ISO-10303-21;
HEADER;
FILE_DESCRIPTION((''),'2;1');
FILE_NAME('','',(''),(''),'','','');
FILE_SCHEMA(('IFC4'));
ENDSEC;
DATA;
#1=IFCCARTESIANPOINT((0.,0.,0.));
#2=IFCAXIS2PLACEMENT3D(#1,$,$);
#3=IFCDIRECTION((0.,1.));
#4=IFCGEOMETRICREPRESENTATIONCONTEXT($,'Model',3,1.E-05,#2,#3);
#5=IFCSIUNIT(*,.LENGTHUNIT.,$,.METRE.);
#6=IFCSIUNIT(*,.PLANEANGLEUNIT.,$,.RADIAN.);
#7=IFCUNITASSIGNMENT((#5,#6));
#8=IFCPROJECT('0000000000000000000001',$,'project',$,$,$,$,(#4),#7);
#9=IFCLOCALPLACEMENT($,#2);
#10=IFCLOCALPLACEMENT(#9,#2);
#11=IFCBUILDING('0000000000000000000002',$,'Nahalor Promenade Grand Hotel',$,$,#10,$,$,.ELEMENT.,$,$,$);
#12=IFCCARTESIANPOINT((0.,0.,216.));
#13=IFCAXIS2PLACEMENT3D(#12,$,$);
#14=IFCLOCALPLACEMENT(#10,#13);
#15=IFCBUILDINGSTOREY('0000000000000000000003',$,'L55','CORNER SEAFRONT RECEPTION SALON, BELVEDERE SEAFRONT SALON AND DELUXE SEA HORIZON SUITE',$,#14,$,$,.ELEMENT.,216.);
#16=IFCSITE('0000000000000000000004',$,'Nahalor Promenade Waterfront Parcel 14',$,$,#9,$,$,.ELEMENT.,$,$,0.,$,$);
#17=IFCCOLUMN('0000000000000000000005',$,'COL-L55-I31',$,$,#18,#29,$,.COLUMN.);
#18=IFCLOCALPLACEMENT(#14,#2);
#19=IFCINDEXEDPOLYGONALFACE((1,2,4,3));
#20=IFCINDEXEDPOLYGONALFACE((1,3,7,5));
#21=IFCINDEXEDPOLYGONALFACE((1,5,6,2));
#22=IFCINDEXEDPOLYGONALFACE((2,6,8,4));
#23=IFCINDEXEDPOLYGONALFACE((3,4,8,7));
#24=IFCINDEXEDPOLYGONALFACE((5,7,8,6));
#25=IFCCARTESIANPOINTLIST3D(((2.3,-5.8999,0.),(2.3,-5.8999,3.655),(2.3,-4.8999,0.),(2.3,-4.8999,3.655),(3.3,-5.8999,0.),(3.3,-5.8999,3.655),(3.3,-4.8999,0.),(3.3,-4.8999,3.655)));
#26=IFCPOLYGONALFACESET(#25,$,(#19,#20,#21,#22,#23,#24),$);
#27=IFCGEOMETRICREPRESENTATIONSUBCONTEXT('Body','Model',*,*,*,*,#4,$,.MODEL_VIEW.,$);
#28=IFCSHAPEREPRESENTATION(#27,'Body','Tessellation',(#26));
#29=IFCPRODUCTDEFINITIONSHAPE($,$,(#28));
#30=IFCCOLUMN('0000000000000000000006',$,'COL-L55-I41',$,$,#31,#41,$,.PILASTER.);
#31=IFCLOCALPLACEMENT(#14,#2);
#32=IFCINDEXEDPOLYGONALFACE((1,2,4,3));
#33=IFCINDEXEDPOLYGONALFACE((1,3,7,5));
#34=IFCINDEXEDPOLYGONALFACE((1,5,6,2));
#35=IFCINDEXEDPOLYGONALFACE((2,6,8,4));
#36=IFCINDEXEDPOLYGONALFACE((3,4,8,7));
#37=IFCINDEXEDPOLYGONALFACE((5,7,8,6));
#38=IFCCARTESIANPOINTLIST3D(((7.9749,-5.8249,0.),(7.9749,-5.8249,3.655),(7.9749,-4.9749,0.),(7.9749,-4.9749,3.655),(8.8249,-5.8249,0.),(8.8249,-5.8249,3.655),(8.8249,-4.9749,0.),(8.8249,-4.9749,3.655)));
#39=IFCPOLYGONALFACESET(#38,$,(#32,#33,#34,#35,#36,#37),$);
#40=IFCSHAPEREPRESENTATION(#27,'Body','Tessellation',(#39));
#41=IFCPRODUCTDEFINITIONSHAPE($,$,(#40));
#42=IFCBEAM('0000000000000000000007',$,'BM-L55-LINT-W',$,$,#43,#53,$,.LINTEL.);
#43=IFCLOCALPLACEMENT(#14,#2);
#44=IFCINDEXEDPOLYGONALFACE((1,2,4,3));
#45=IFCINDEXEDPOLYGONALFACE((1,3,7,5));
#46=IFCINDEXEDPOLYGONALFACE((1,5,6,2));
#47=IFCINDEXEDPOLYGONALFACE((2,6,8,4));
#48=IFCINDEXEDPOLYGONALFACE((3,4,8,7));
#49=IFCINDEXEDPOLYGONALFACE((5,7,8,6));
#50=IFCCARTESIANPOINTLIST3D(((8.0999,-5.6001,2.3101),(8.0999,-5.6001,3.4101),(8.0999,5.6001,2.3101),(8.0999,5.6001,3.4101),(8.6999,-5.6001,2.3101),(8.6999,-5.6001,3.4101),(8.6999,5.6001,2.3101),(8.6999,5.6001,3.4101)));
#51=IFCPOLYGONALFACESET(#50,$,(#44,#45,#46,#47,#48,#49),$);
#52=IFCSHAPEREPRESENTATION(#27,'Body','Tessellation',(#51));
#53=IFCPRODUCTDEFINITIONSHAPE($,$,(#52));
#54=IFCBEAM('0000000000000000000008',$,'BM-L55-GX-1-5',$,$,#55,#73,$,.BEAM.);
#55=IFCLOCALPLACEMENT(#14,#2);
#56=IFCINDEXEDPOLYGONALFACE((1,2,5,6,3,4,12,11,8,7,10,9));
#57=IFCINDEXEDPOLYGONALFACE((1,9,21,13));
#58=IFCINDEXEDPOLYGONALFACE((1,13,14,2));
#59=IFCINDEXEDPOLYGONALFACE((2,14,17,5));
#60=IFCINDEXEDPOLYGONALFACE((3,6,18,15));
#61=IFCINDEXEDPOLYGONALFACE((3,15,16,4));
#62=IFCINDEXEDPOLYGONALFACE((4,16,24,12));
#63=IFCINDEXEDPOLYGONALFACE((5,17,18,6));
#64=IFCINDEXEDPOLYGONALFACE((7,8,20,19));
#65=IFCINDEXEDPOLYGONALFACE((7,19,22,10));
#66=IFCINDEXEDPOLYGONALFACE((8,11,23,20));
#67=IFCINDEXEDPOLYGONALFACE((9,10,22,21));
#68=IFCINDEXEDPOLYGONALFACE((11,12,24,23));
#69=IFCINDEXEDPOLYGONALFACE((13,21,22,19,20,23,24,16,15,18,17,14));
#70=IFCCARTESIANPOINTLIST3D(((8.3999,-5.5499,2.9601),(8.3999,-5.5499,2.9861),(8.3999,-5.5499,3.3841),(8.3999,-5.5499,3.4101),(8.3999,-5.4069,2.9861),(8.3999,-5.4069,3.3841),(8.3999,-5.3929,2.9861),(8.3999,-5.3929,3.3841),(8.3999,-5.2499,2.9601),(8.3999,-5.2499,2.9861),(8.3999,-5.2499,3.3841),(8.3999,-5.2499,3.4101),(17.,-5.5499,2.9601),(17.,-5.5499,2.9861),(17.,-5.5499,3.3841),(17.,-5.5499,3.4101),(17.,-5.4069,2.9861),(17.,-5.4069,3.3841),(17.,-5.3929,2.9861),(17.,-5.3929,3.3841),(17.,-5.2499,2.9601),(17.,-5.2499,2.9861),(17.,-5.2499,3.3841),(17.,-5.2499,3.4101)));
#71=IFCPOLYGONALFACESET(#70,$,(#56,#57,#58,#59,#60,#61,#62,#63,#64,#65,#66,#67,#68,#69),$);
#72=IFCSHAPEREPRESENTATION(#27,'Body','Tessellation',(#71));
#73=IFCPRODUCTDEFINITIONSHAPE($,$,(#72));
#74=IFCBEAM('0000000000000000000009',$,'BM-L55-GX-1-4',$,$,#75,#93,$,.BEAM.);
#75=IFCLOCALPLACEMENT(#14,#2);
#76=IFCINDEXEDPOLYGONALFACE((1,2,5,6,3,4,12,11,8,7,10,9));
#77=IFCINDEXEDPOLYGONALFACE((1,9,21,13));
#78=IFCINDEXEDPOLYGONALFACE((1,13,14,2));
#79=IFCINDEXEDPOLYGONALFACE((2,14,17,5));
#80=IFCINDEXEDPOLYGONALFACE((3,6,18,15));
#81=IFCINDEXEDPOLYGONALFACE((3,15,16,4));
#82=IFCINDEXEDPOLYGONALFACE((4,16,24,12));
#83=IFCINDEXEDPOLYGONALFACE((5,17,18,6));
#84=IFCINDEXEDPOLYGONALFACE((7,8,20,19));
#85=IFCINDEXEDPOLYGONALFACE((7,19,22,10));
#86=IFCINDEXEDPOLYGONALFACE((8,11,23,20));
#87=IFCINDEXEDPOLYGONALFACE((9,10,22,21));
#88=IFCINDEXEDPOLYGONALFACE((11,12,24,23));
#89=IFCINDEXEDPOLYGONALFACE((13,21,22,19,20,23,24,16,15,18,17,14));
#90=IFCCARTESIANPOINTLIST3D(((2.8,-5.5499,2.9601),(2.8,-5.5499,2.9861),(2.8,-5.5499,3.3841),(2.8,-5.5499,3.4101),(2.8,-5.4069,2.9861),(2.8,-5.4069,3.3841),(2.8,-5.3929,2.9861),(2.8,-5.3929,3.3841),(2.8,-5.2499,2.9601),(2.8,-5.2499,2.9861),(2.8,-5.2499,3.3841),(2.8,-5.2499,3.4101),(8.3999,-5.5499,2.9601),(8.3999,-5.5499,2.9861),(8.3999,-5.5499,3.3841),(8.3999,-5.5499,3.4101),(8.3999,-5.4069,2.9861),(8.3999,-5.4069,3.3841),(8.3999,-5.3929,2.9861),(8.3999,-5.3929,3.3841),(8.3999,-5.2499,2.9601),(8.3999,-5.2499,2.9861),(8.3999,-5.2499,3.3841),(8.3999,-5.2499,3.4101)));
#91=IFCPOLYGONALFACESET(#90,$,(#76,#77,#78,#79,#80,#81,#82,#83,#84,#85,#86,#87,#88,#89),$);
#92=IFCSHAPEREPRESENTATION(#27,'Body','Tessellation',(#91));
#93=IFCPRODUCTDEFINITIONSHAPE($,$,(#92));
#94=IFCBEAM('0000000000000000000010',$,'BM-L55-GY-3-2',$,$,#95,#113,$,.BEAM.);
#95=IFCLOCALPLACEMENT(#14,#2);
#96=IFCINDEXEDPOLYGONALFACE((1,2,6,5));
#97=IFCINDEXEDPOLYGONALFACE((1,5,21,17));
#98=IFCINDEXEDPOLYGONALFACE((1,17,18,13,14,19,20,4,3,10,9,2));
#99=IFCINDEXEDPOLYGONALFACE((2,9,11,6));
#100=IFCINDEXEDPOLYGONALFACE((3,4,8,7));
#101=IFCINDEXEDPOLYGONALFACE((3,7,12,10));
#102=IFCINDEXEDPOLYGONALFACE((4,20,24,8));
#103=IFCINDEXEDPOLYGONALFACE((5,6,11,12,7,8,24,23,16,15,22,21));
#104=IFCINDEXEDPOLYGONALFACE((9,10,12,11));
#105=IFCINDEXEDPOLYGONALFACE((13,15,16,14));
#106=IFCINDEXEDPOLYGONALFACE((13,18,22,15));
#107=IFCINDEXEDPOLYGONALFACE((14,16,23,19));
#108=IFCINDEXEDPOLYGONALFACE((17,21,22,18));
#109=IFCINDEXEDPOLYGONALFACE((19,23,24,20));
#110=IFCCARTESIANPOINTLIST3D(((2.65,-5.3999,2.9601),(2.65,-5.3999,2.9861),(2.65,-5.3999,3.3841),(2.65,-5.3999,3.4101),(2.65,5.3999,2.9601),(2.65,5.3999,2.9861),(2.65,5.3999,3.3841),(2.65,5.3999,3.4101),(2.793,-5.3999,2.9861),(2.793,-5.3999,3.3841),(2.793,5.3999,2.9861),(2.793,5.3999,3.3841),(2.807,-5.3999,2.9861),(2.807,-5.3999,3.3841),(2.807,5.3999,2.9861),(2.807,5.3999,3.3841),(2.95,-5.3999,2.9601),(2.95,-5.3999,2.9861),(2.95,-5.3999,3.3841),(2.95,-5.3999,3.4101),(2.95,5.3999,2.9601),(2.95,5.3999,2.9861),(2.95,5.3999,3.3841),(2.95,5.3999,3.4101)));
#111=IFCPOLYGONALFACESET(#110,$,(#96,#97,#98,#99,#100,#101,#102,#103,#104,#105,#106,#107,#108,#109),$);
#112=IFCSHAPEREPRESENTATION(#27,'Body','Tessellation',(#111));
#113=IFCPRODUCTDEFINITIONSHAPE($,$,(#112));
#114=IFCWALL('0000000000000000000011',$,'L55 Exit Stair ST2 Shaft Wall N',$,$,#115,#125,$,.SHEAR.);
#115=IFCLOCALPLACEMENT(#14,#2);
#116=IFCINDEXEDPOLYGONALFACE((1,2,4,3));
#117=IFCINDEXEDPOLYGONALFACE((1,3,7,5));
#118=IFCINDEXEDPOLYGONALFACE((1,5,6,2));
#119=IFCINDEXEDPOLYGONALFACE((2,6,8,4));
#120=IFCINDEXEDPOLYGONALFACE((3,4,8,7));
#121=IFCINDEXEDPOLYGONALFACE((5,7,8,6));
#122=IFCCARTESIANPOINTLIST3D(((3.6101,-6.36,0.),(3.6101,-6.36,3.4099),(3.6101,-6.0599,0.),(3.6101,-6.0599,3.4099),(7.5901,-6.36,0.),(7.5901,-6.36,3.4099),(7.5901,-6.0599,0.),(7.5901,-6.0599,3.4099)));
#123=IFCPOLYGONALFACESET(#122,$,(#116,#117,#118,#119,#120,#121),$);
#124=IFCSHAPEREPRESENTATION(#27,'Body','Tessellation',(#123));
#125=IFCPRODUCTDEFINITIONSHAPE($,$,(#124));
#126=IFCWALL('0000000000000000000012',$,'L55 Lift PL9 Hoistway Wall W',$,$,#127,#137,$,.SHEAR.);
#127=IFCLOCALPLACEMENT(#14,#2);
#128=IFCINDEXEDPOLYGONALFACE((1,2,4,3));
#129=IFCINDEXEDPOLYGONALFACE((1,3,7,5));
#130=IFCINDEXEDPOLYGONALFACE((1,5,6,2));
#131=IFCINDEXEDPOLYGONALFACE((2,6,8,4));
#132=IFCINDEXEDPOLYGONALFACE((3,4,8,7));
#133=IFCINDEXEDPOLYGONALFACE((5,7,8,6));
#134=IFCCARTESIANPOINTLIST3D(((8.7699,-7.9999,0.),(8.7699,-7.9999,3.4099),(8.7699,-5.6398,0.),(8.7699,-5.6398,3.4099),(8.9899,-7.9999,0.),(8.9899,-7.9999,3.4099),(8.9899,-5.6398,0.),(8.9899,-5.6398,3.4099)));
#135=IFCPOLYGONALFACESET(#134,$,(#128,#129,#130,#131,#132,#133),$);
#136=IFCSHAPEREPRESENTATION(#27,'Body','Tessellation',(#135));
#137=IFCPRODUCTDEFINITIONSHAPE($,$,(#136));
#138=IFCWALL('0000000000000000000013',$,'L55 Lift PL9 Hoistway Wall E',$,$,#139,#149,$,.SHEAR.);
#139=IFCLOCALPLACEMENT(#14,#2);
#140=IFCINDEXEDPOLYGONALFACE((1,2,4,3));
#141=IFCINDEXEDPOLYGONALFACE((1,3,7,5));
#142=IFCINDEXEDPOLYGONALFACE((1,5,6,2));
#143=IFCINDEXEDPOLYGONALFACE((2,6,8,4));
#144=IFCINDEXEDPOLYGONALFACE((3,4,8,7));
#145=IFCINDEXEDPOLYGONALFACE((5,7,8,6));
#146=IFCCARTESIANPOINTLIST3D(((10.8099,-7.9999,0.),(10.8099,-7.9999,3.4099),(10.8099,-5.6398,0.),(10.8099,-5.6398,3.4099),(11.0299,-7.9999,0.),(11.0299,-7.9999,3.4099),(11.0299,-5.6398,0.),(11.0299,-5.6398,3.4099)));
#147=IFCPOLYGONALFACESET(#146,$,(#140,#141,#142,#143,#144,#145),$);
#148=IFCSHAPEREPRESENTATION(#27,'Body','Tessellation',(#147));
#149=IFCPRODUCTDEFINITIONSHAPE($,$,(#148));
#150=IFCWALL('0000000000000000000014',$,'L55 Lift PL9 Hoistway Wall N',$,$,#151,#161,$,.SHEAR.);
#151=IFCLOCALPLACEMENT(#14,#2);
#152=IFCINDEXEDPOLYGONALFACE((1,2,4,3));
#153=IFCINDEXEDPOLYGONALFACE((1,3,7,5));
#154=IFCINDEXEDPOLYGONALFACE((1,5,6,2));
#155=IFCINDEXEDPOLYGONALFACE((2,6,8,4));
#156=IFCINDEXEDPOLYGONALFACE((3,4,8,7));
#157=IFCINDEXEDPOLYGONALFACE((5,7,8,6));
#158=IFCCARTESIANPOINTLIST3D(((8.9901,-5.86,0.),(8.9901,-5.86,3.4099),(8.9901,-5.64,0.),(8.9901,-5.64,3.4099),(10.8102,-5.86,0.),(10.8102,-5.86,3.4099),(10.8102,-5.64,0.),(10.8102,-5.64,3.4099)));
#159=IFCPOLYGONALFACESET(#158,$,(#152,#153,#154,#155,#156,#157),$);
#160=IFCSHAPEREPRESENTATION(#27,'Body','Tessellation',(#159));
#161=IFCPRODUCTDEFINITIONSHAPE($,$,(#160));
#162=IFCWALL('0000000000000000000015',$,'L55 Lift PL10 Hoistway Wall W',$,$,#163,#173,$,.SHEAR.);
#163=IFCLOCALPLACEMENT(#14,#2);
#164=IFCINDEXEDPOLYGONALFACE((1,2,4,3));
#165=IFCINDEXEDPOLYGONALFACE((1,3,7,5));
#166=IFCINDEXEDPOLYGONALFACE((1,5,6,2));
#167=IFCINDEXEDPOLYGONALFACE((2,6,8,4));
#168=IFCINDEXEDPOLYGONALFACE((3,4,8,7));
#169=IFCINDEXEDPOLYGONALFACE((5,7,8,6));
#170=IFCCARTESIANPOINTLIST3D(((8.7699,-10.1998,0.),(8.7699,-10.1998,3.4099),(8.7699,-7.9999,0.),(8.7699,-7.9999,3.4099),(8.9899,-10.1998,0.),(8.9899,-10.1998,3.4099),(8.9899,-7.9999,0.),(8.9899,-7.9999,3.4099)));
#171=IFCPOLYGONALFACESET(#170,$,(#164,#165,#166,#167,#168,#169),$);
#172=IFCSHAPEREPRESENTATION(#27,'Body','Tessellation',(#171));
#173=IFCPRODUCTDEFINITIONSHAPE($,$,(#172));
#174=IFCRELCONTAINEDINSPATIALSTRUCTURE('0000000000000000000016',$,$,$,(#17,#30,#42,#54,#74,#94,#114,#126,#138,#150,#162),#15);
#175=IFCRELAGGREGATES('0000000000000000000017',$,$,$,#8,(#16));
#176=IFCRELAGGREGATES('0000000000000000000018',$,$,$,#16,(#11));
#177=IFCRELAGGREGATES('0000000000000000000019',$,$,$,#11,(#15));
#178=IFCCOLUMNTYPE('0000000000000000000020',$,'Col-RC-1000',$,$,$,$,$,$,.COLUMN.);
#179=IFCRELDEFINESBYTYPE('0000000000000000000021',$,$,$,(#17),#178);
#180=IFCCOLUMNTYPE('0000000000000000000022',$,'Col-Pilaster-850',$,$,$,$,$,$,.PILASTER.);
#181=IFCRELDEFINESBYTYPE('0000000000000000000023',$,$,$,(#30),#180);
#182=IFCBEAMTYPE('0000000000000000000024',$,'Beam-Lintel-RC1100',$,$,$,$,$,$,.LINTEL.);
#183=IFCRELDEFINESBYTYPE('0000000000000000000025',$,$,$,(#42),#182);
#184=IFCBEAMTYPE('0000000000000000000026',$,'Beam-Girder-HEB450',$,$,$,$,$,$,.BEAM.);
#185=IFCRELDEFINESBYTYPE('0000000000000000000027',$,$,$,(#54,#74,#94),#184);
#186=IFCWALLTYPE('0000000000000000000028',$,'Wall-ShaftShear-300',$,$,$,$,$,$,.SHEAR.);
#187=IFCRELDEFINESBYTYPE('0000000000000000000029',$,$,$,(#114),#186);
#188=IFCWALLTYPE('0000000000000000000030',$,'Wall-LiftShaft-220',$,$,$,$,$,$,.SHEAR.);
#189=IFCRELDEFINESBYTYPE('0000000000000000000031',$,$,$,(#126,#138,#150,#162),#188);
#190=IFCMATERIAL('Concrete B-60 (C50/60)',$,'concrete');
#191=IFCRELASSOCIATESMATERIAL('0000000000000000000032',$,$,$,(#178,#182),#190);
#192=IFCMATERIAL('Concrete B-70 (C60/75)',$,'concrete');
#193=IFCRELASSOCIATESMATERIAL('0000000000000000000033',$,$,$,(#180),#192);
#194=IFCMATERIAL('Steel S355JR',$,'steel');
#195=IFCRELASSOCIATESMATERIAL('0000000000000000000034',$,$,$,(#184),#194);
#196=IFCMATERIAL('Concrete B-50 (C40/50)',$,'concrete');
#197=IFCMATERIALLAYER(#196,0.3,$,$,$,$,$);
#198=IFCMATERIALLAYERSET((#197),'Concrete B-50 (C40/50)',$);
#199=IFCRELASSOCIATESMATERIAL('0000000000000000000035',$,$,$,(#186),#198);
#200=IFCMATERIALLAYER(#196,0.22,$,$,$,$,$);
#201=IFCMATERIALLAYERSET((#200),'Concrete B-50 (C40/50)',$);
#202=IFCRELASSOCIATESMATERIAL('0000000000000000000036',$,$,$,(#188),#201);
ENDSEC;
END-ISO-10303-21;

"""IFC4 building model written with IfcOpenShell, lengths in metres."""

from ifc_helpers import new_model, si_unit, direction, frame, frame_2d, origin, origin_2d, place, context, subcontext, project, spatial, rectangle, i_section, extrude, source, transform, mapped, material, layer, layer_set, material_profile, profile_set, type_object, element, save


model = new_model("IFC4")

# Units and contexts
model_context = context("Model", 3, precision=1e-05, world=origin(), true_north=direction((0.0, 1.0)))
body_context = subcontext(model_context, "Body", "Model", "MODEL_VIEW")
ifc_project = project(units=[si_unit("LENGTHUNIT", "METRE"), si_unit("PLANEANGLEUNIT", "RADIAN")], contexts=[model_context])

# Site, building, storey
site_placement = place(None, origin())
site = spatial("IfcSite", under=ifc_project, at=site_placement, Name="Nahalor Promenade Waterfront Parcel 14", CompositionType="ELEMENT", RefElevation=0.0)
building_placement = place(site_placement, origin())
building = spatial("IfcBuilding", under=site, at=building_placement, Name="Nahalor Promenade Grand Hotel", CompositionType="ELEMENT")
storey_placement = place(building_placement, frame((0.0, 0.0, 216.0)))
storey = spatial("IfcBuildingStorey", under=building, at=storey_placement, Name="L55", Description="CORNER SEAFRONT RECEPTION SALON, BELVEDERE SEAFRONT SALON AND DELUXE SEA HORIZON SUITE", CompositionType="ELEMENT", Elevation=216.0)

# Columns
ifc_material_1 = material(Name="Concrete B-60 (C50/60)", Category="concrete")
ifc_material_profile_1 = material_profile(ifc_material_1, rectangle(XDim=1.0, YDim=1.0, at=origin_2d()), Name="RC 1000x1000")
ifc_profile_set_1 = profile_set([ifc_material_profile_1], Name="Concrete B-60 (C50/60)")
column_type_1 = type_object("IfcColumnType", Name="Col-RC-1000", PredefinedType="COLUMN", material=ifc_profile_set_1)
shared_shape_1 = source(origin(), body_context, "Body", "SweptSolid", [
    extrude(rectangle(XDim=1.0, YDim=1.0, at=origin_2d()), origin(), (0.0, 0.0, 1.0), 3.655),
])
column_1_placement = place(storey_placement, frame((2.8, -5.3999, 0.0), z_axis=(0.0, 0.0, 1.0), x_axis=(1.0, 0.0, 0.0)))
element("IfcColumn", 1, at=column_1_placement, inside=storey, type_object=column_type_1, Name="COL-L55-I31", PredefinedType="COLUMN", context=body_context, shape_type="MappedRepresentation", body=[
    mapped(shared_shape_1, transform((0.0, 0.0, 0.0), scale=1.0)),
])
ifc_material_2 = material(Name="Concrete B-70 (C60/75)", Category="concrete")
ifc_material_profile_2 = material_profile(ifc_material_2, rectangle(XDim=0.85, YDim=0.85, at=origin_2d()), Name="RC 850x850")
ifc_profile_set_2 = profile_set([ifc_material_profile_2], Name="Concrete B-70 (C60/75)")
column_type_2 = type_object("IfcColumnType", Name="Col-Pilaster-850", PredefinedType="PILASTER", material=ifc_profile_set_2)
shared_shape_2 = source(origin(), body_context, "Body", "SweptSolid", [
    extrude(rectangle(XDim=0.85, YDim=0.85, at=origin_2d()), origin(), (0.0, 0.0, 1.0), 3.655),
])
column_2_placement = place(storey_placement, frame((8.3999, -5.3999, 0.0), z_axis=(0.0, 0.0, 1.0), x_axis=(1.0, 0.0, 0.0)))
element("IfcColumn", 2, at=column_2_placement, inside=storey, type_object=column_type_2, Name="COL-L55-I41", PredefinedType="PILASTER", context=body_context, shape_type="MappedRepresentation", body=[
    mapped(shared_shape_2, transform((0.0, 0.0, 0.0), scale=1.0)),
])

# Beams
ifc_material_profile_3 = material_profile(ifc_material_1, rectangle(XDim=0.6, YDim=1.1, at=origin_2d()), Name="RC 600x1100")
ifc_profile_set_3 = profile_set([ifc_material_profile_3], Name="Concrete B-60 (C50/60)")
beam_type_1 = type_object("IfcBeamType", Name="Beam-Lintel-RC1100", PredefinedType="LINTEL", material=ifc_profile_set_3)
shared_shape_3 = source(origin(), body_context, "Body", "SweptSolid", [
    extrude(rectangle(XDim=0.6, YDim=1.1, at=origin_2d()), origin(), (0.0, 0.0, 1.0), 11.2002),
])
beam_1_placement = place(storey_placement, frame((8.3999, -5.6001, 2.8601), z_axis=(0.0, 1.0, 0.0), x_axis=(-1.0, 0.0, 0.0)))
element("IfcBeam", 3, at=beam_1_placement, inside=storey, type_object=beam_type_1, Name="BM-L55-LINT-W", PredefinedType="LINTEL", context=body_context, shape_type="MappedRepresentation", body=[
    mapped(shared_shape_3, transform((0.0, 0.0, 0.0), scale=1.0)),
])
ifc_material_3 = material(Name="Steel S355JR", Category="steel")
ifc_material_profile_4 = material_profile(ifc_material_3, i_section(OverallWidth=0.3, OverallDepth=0.45, WebThickness=0.014, FlangeThickness=0.026, at=origin_2d()), Name="HEB 450")
ifc_profile_set_4 = profile_set([ifc_material_profile_4], Name="Steel S355JR")
beam_type_2 = type_object("IfcBeamType", Name="Beam-Girder-HEB450", PredefinedType="BEAM", material=ifc_profile_set_4)
shared_shape_4 = source(origin(), body_context, "Body", "SweptSolid", [
    extrude(i_section(OverallWidth=0.3, OverallDepth=0.45, WebThickness=0.014, FlangeThickness=0.026, at=origin_2d()), origin(), (0.0, 0.0, 1.0), 8.6001),
])
beam_2_placement = place(storey_placement, frame((8.3999, -5.3999, 3.1851), z_axis=(1.0, 0.0, 0.0), x_axis=(0.0, 1.0, 0.0)))
element("IfcBeam", 4, at=beam_2_placement, inside=storey, type_object=beam_type_2, Name="BM-L55-GX-1-5", PredefinedType="BEAM", context=body_context, shape_type="MappedRepresentation", body=[
    mapped(shared_shape_4, transform((0.0, 0.0, 0.0), scale=1.0)),
])
shared_shape_5 = source(origin(), body_context, "Body", "SweptSolid", [
    extrude(i_section(OverallWidth=0.3, OverallDepth=0.45, WebThickness=0.014, FlangeThickness=0.026, at=origin_2d()), origin(), (0.0, 0.0, 1.0), 5.5999),
])
beam_3_placement = place(storey_placement, frame((2.8, -5.3999, 3.1851), z_axis=(1.0, 0.0, 0.0), x_axis=(0.0, 1.0, 0.0)))
element("IfcBeam", 5, at=beam_3_placement, inside=storey, type_object=beam_type_2, Name="BM-L55-GX-1-4", PredefinedType="BEAM", context=body_context, shape_type="MappedRepresentation", body=[
    mapped(shared_shape_5, transform((0.0, 0.0, 0.0), scale=1.0)),
])
shared_shape_6 = source(origin(), body_context, "Body", "SweptSolid", [
    extrude(i_section(OverallWidth=0.3, OverallDepth=0.45, WebThickness=0.014, FlangeThickness=0.026, at=origin_2d()), origin(), (0.0, 0.0, 1.0), 10.7998),
])
beam_4_placement = place(storey_placement, frame((2.8, -5.3999, 3.1851), z_axis=(0.0, 1.0, 0.0), x_axis=(-1.0, 0.0, 0.0)))
element("IfcBeam", 6, at=beam_4_placement, inside=storey, type_object=beam_type_2, Name="BM-L55-GY-3-2", PredefinedType="BEAM", context=body_context, shape_type="MappedRepresentation", body=[
    mapped(shared_shape_6, transform((0.0, 0.0, 0.0), scale=1.0)),
])

# Walls
ifc_material_4 = material(Name="Concrete B-50 (C40/50)", Category="concrete")
ifc_layer_1 = layer(ifc_material_4, 0.3)
ifc_layer_set_1 = layer_set([ifc_layer_1], Name="Concrete B-50 (C40/50)")
wall_type_1 = type_object("IfcWallType", Name="Wall-ShaftShear-300", PredefinedType="SHEAR", material=ifc_layer_set_1)
shared_shape_7 = source(origin(), body_context, "Body", "SweptSolid", [
    extrude(rectangle(XDim=3.98, YDim=0.3, at=frame_2d((1.99, 0.0))), origin(), (0.0, 0.0, 1.0), 3.4099),
])
wall_1_placement = place(storey_placement, frame((3.6101, -6.21, 0.0), z_axis=(0.0, 0.0, 1.0), x_axis=(1.0, 0.0, 0.0)))
element("IfcWall", 7, at=wall_1_placement, inside=storey, type_object=wall_type_1, Name="L55 Exit Stair ST2 Shaft Wall N", PredefinedType="SHEAR", context=body_context, shape_type="MappedRepresentation", body=[
    mapped(shared_shape_7, transform((0.0, 0.0, 0.0), scale=1.0)),
])
ifc_layer_2 = layer(ifc_material_4, 0.22)
ifc_layer_set_2 = layer_set([ifc_layer_2], Name="Concrete B-50 (C40/50)")
wall_type_2 = type_object("IfcWallType", Name="Wall-LiftShaft-220", PredefinedType="SHEAR", material=ifc_layer_set_2)
shared_shape_8 = source(origin(), body_context, "Body", "SweptSolid", [
    extrude(rectangle(XDim=2.3601, YDim=0.22, at=frame_2d((1.1802, 0.0))), origin(), (0.0, 0.0, 1.0), 3.4099),
])
for number, where, z_axis, x_axis, name in (
    (8, (8.8799, -8.0, 0.0), (0.0, 0.0, 1.0), (0.0, 1.0, 0.0), "L55 Lift PL9 Hoistway Wall W"),
    (9, (10.9199, -8.0, 0.0), (0.0, 0.0, 1.0), (0.0, 1.0, 0.0), "L55 Lift PL9 Hoistway Wall E"),
):
    element("IfcWall", number, at=place(storey_placement, frame(where, z_axis=z_axis, x_axis=x_axis)), inside=storey, type_object=wall_type_2, Name=name, PredefinedType="SHEAR", context=body_context, shape_type="MappedRepresentation", body=[
        mapped(shared_shape_8, transform((0.0, 0.0, 0.0), scale=1.0)),
    ])
shared_shape_9 = source(origin(), body_context, "Body", "SweptSolid", [
    extrude(rectangle(XDim=1.8201, YDim=0.22, at=frame_2d((0.9102, 0.0))), origin(), (0.0, 0.0, 1.0), 3.4099),
])
wall_2_placement = place(storey_placement, frame((8.99, -5.75, 0.0), z_axis=(0.0, 0.0, 1.0), x_axis=(1.0, 0.0, 0.0)))
element("IfcWall", 10, at=wall_2_placement, inside=storey, type_object=wall_type_2, Name="L55 Lift PL9 Hoistway Wall N", PredefinedType="SHEAR", context=body_context, shape_type="MappedRepresentation", body=[
    mapped(shared_shape_9, transform((0.0, 0.0, 0.0), scale=1.0)),
])
shared_shape_10 = source(origin(), body_context, "Body", "SweptSolid", [
    extrude(rectangle(XDim=2.2, YDim=0.22, at=frame_2d((1.1001, 0.0))), origin(), (0.0, 0.0, 1.0), 3.4099),
])
for number, where, z_axis, x_axis, name in (
    (11, (8.8799, -10.2, 0.0), (0.0, 0.0, 1.0), (0.0, 1.0, 0.0), "L55 Lift PL10 Hoistway Wall W"),
):
    element("IfcWall", number, at=place(storey_placement, frame(where, z_axis=z_axis, x_axis=x_axis)), inside=storey, type_object=wall_type_2, Name=name, PredefinedType="SHEAR", context=body_context, shape_type="MappedRepresentation", body=[
        mapped(shared_shape_10, transform((0.0, 0.0, 0.0), scale=1.0)),
    ])

save(model, "model.ifc")
